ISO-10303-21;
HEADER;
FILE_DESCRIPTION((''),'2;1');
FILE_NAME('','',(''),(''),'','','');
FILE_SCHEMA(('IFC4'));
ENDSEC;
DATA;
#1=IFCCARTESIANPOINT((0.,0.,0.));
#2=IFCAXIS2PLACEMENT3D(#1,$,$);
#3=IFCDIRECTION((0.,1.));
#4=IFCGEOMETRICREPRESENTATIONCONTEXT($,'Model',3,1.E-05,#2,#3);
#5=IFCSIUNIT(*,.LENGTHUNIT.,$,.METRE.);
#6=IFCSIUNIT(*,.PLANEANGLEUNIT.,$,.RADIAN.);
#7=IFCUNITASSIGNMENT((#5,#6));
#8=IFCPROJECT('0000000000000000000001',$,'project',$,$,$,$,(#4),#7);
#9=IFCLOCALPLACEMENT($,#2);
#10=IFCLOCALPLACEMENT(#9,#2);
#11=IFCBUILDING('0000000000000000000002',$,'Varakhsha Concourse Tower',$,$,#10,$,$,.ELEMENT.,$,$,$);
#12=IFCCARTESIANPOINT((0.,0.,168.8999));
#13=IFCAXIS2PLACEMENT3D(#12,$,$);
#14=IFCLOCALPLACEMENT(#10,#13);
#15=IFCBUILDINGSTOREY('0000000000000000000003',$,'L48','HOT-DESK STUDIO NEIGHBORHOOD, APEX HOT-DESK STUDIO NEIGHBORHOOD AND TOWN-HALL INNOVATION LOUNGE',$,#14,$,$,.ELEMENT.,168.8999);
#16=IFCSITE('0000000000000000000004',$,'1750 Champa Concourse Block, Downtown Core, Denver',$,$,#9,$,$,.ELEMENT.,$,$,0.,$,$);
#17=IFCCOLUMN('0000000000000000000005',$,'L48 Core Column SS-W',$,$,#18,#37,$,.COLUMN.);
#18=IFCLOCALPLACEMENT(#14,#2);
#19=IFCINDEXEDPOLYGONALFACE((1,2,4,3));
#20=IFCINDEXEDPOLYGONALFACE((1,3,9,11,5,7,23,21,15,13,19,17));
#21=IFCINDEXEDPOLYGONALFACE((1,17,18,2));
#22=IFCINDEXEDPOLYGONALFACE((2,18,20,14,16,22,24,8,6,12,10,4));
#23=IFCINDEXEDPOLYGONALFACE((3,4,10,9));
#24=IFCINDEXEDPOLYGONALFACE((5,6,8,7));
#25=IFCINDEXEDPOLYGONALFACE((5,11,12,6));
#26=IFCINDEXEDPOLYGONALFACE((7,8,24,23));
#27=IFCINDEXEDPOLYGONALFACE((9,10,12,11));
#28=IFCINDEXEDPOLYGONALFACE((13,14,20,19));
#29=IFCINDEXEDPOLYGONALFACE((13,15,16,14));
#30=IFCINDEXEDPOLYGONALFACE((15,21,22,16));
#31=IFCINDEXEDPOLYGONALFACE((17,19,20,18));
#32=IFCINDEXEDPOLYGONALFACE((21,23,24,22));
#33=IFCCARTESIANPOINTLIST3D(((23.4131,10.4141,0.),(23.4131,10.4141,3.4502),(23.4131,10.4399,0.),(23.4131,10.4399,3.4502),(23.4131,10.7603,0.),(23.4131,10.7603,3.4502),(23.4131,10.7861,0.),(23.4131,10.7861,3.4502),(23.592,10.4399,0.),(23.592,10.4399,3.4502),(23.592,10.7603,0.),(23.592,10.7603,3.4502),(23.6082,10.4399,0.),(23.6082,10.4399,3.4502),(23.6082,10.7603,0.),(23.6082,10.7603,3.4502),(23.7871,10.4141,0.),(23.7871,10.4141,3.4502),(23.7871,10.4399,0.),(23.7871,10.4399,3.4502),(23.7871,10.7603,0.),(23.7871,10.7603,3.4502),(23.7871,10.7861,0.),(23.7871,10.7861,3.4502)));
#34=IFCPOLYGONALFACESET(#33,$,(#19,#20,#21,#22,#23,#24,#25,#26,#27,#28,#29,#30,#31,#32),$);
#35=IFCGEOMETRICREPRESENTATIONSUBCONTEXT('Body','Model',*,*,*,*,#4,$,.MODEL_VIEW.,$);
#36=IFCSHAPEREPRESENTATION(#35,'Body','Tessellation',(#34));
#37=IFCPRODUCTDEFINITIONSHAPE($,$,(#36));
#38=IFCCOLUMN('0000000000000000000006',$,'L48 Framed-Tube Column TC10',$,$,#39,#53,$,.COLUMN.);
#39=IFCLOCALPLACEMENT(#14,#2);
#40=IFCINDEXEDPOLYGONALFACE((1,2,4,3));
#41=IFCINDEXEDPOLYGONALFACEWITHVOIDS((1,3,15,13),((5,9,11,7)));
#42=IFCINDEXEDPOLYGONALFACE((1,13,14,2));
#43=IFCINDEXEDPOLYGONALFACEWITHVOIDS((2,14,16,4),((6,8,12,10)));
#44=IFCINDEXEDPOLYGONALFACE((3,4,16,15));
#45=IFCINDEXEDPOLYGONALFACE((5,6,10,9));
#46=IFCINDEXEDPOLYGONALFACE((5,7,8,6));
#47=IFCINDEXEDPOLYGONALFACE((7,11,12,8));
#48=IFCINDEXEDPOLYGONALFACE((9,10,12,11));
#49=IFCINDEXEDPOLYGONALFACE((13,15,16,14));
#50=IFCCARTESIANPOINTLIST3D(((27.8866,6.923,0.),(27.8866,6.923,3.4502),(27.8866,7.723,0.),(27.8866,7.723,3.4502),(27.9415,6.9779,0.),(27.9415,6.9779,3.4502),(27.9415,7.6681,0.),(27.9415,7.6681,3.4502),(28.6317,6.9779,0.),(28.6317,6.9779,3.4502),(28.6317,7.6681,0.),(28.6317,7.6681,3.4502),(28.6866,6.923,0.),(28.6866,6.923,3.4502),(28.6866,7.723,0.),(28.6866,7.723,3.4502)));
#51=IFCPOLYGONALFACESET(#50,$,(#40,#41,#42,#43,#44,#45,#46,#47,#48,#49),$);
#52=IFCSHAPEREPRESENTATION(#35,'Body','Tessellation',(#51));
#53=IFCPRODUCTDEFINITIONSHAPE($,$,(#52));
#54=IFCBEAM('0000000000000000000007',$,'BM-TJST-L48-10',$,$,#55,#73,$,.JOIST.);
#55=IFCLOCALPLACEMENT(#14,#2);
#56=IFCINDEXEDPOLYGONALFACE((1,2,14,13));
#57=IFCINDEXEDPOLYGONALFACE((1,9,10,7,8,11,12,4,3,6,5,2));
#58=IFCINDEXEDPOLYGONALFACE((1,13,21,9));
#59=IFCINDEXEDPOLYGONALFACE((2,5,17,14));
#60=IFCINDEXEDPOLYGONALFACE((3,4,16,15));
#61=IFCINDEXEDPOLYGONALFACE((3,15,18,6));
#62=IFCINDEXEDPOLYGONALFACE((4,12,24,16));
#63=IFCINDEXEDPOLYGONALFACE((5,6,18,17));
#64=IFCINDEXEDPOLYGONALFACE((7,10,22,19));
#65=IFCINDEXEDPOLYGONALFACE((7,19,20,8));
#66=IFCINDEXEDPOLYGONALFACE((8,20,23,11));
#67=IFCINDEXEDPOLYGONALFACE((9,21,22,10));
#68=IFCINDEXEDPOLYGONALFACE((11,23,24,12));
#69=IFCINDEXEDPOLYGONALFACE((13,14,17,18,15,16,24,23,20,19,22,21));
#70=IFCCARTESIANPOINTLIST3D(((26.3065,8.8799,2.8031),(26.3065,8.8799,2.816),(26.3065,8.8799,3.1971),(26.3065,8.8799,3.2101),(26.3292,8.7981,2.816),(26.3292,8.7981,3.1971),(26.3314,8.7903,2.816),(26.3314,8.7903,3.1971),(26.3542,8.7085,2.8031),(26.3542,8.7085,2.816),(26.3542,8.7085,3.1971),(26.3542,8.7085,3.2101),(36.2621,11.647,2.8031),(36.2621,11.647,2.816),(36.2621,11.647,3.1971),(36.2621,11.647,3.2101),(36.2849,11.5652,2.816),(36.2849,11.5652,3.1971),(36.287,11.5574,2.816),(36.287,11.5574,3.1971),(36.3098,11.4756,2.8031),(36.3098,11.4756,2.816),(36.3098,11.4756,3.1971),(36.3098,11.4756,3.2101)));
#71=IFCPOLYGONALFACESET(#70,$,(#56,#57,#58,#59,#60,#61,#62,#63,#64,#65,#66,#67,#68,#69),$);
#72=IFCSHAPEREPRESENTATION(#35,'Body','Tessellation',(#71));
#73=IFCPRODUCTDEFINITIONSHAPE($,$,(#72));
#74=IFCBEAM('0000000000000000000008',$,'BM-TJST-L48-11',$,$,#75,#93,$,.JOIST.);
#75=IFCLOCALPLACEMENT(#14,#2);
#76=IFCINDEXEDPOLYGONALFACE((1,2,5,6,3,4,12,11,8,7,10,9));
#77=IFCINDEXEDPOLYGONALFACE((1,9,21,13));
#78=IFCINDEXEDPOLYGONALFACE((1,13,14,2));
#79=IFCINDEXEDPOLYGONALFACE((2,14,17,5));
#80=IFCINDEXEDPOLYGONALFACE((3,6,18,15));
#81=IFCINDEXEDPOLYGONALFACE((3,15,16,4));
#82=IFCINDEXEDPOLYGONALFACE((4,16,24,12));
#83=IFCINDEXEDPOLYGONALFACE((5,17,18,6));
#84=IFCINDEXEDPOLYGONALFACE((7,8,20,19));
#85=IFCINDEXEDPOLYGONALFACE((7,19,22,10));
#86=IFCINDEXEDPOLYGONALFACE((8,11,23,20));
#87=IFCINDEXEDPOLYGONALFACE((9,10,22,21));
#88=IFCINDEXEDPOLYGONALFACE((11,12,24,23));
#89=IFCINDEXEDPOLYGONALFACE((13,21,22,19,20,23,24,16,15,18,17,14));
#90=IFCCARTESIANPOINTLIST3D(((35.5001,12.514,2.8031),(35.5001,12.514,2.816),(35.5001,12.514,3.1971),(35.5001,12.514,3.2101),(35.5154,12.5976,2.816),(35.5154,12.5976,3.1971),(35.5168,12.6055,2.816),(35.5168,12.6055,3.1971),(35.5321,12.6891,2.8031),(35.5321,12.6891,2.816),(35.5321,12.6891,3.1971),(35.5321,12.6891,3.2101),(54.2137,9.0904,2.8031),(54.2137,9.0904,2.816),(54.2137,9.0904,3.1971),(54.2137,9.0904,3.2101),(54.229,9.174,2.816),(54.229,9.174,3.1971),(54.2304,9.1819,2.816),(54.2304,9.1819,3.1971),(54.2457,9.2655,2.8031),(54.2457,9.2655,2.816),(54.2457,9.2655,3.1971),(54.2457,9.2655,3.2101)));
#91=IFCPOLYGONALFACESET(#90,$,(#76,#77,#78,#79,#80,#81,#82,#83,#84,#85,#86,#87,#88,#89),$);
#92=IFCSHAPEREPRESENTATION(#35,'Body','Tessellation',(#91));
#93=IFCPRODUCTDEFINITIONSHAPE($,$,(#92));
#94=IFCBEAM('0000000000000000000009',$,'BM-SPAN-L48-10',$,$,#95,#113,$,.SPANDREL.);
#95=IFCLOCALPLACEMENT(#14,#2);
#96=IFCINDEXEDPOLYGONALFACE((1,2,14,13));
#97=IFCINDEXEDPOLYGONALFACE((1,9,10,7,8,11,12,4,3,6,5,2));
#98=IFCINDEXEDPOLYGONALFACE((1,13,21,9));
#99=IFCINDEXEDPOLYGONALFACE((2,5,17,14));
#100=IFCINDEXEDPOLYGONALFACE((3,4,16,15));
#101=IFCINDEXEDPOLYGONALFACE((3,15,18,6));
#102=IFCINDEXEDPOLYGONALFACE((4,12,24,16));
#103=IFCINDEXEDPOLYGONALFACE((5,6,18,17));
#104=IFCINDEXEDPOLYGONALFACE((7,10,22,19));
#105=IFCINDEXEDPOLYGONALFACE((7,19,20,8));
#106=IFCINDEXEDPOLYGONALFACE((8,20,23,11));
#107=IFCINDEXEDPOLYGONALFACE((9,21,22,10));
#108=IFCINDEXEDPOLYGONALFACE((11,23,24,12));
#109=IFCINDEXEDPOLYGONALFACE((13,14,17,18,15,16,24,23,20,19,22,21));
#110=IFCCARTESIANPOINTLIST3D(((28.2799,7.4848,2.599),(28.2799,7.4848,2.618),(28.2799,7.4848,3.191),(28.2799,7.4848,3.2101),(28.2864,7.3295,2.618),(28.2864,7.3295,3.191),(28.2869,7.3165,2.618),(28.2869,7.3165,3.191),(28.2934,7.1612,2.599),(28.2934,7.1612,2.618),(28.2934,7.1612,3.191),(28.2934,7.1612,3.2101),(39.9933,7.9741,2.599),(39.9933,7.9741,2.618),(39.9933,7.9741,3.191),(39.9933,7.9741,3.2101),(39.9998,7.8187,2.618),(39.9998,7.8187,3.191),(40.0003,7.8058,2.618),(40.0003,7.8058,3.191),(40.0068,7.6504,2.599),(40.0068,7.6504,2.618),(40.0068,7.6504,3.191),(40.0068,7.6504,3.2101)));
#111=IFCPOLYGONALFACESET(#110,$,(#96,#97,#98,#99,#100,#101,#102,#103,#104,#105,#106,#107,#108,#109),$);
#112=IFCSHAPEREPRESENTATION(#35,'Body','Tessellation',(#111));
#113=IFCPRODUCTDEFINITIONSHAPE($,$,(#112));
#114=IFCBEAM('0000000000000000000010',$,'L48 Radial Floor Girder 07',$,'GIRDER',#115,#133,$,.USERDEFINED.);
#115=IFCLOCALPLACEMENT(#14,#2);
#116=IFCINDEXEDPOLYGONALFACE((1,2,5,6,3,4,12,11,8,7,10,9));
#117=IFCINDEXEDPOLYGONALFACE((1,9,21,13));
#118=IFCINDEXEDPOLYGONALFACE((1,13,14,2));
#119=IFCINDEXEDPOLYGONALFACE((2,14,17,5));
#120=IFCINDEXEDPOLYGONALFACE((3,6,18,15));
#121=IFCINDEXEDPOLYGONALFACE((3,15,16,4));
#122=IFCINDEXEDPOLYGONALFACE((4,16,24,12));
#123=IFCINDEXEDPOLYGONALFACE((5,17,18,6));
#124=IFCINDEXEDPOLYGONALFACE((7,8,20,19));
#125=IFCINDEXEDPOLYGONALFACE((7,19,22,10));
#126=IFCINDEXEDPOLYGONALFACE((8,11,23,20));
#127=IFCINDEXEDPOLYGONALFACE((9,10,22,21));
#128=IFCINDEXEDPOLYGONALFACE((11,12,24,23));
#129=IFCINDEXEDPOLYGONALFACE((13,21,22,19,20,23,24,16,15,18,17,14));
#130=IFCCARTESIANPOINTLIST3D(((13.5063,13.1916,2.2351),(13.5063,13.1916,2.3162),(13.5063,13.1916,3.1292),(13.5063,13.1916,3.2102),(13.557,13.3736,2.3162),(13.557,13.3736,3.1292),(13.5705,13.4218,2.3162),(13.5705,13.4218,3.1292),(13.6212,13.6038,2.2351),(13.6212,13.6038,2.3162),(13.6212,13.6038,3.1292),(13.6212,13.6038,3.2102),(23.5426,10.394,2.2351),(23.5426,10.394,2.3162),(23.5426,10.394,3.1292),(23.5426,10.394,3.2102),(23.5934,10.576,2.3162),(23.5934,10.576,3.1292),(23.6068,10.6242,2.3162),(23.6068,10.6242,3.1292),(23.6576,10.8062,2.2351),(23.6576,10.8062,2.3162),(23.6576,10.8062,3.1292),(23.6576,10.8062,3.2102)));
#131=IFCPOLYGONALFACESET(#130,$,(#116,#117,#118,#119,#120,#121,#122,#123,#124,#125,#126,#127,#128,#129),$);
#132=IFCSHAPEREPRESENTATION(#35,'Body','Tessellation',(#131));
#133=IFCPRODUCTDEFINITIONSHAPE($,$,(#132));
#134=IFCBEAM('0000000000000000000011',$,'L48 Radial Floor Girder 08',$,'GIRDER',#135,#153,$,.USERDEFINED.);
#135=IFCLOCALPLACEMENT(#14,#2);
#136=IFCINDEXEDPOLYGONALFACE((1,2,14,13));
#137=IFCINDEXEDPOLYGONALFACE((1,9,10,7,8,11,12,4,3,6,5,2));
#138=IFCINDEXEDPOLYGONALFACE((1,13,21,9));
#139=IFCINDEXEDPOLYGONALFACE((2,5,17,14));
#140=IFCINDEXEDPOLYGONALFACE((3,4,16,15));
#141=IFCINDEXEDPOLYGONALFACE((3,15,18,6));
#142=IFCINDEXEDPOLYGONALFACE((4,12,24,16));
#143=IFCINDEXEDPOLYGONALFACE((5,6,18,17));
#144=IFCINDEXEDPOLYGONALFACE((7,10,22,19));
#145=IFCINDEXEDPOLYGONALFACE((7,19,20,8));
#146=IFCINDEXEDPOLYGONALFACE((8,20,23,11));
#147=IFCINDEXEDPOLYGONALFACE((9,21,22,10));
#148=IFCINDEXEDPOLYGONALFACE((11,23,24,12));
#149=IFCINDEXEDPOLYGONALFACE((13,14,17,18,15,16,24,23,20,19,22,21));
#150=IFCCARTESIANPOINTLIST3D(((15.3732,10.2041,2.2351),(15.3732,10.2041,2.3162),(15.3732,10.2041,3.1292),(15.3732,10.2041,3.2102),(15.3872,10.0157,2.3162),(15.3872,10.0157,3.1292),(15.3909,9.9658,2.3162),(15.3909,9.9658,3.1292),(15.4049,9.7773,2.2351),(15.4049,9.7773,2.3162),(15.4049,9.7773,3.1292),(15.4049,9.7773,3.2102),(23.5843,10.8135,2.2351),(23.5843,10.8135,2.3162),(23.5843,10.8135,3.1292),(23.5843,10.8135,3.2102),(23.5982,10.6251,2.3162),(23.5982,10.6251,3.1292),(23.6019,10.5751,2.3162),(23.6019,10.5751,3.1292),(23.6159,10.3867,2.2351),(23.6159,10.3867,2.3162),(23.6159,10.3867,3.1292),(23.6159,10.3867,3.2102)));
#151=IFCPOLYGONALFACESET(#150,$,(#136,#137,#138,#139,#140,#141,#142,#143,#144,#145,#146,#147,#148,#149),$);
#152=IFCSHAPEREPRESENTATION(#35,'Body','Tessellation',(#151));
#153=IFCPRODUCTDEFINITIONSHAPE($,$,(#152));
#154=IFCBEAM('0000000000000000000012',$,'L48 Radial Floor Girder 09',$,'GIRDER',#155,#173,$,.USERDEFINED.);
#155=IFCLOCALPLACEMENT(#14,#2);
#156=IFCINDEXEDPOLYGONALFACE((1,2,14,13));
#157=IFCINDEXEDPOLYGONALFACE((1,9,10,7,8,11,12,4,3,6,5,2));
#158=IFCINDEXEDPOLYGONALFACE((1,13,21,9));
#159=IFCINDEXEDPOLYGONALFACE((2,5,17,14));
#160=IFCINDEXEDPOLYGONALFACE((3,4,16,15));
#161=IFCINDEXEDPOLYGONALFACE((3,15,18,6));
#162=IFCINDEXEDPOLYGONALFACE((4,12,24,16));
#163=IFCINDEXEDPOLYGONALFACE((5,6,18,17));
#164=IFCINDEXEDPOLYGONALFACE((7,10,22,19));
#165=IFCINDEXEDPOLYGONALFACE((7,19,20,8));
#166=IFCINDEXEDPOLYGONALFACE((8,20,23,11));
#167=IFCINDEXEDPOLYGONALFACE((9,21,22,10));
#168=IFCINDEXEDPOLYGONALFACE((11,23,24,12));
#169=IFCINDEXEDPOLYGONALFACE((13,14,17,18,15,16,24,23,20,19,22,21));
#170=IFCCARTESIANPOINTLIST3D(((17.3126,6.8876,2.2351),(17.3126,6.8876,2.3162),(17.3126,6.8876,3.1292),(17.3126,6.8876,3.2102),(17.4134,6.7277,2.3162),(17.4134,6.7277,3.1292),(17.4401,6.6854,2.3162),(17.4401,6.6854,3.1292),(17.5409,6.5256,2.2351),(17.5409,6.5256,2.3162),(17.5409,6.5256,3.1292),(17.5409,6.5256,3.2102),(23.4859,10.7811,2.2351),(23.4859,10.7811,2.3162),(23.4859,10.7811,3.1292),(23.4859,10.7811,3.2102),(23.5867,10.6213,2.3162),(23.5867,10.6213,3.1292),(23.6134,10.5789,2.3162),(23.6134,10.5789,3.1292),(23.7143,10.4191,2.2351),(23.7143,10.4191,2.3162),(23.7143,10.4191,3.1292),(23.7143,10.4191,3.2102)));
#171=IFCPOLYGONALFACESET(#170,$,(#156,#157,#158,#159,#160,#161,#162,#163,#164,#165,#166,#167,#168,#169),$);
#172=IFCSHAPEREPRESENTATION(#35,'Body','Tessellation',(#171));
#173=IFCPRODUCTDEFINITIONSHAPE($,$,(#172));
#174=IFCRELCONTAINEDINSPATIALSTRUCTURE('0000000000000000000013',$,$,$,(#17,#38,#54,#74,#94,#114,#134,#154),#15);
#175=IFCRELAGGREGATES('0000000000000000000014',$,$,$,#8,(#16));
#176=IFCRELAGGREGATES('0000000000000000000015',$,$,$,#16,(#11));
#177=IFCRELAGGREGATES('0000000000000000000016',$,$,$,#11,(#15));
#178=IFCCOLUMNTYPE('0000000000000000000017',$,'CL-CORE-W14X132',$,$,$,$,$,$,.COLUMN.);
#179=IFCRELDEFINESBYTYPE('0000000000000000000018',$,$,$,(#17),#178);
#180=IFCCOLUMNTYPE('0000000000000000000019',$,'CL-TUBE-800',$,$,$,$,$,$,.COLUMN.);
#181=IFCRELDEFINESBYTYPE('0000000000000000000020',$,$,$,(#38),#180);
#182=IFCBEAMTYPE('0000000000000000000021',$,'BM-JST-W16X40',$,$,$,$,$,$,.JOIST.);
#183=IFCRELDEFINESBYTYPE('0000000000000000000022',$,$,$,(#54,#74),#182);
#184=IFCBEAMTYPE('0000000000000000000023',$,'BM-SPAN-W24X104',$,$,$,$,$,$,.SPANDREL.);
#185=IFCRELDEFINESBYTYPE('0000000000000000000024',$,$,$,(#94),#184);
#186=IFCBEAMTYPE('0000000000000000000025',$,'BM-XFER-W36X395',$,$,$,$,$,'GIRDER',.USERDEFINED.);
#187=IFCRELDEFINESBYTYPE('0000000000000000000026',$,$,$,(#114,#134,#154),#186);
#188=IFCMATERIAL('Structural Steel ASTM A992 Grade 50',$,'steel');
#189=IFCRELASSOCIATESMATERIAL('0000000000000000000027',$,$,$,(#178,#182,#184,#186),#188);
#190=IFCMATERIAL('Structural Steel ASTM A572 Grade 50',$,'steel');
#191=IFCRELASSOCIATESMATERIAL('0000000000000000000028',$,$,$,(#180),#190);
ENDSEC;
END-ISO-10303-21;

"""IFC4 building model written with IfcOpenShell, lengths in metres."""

from ifc_helpers import new_model, si_unit, direction, frame, origin, origin_2d, place, context, subcontext, project, spatial, hollow_rectangle, i_section, extrude, material, material_profile, profile_set, type_object, element, save


model = new_model("IFC4")

# Units and contexts
model_context = context("Model", 3, precision=1e-05, world=origin(), true_north=direction((0.0, 1.0)))
body_context = subcontext(model_context, "Body", "Model", "MODEL_VIEW")
ifc_project = project(units=[si_unit("LENGTHUNIT", "METRE"), si_unit("PLANEANGLEUNIT", "RADIAN")], contexts=[model_context])

# Site, building, storey
site_placement = place(None, origin())
site = spatial("IfcSite", under=ifc_project, at=site_placement, Name="1750 Champa Concourse Block, Downtown Core, Denver", CompositionType="ELEMENT", RefElevation=0.0)
building_placement = place(site_placement, origin())
building = spatial("IfcBuilding", under=site, at=building_placement, Name="Varakhsha Concourse Tower", CompositionType="ELEMENT")
storey_placement = place(building_placement, frame((0.0, 0.0, 168.8999)))
storey = spatial("IfcBuildingStorey", under=building, at=storey_placement, Name="L48", Description="HOT-DESK STUDIO NEIGHBORHOOD, APEX HOT-DESK STUDIO NEIGHBORHOOD AND TOWN-HALL INNOVATION LOUNGE", CompositionType="ELEMENT", Elevation=168.8999)

# Columns
ifc_material_1 = material(Name="Structural Steel ASTM A992 Grade 50", Category="steel")
ifc_material_profile_1 = material_profile(ifc_material_1, i_section(OverallWidth=0.374, OverallDepth=0.3721, WebThickness=0.0161, FlangeThickness=0.0259, at=origin_2d()), Name="W14X132")
ifc_profile_set_1 = profile_set([ifc_material_profile_1], Name="Structural Steel ASTM A992 Grade 50")
column_type_1 = type_object("IfcColumnType", Name="CL-CORE-W14X132", PredefinedType="COLUMN", material=ifc_profile_set_1)
column_1_placement = place(storey_placement, frame((23.6001, 10.6001, 0.0), z_axis=(0.0, 0.0, 1.0), x_axis=(1.0, 0.0, 0.0)))
element("IfcColumn", 1, at=column_1_placement, inside=storey, type_object=column_type_1, Name="L48 Core Column SS-W", PredefinedType="COLUMN", context=body_context, shape_type="SweptSolid", body=[
    extrude(i_section(OverallWidth=0.374, OverallDepth=0.3721, WebThickness=0.0161, FlangeThickness=0.0259, at=origin_2d()), origin(), (0.0, 0.0, 1.0), 3.4502),
])
ifc_material_2 = material(Name="Structural Steel ASTM A572 Grade 50", Category="steel")
ifc_material_profile_2 = material_profile(ifc_material_2, hollow_rectangle(XDim=0.8, YDim=0.8, WallThickness=0.0549, at=origin_2d()), Name="BOX 800x800x55")
ifc_profile_set_2 = profile_set([ifc_material_profile_2], Name="Structural Steel ASTM A572 Grade 50")
column_type_2 = type_object("IfcColumnType", Name="CL-TUBE-800", PredefinedType="COLUMN", material=ifc_profile_set_2)
column_2_placement = place(storey_placement, frame((28.2866, 7.323, 0.0), z_axis=(0.0, 0.0, 1.0), x_axis=(1.0, 0.0, 0.0)))
element("IfcColumn", 2, at=column_2_placement, inside=storey, type_object=column_type_2, Name="L48 Framed-Tube Column TC10", PredefinedType="COLUMN", context=body_context, shape_type="SweptSolid", body=[
    extrude(hollow_rectangle(XDim=0.8, YDim=0.8, WallThickness=0.0549, at=origin_2d()), origin(), (0.0, 0.0, 1.0), 3.4502),
])

# Beams
ifc_material_profile_3 = material_profile(ifc_material_1, i_section(OverallWidth=0.178, OverallDepth=0.407, WebThickness=0.0081, FlangeThickness=0.0129, at=origin_2d()), Name="W16X40")
ifc_profile_set_3 = profile_set([ifc_material_profile_3], Name="Structural Steel ASTM A992 Grade 50")
beam_type_1 = type_object("IfcBeamType", Name="BM-JST-W16X40", PredefinedType="JOIST", material=ifc_profile_set_3)
beam_1_placement = place(storey_placement, frame((26.3303, 8.7942, 3.0066), z_axis=(0.963477, 0.267793, 0.0), x_axis=(-0.267793, 0.963477, 0.0)))
element("IfcBeam", 3, at=beam_1_placement, inside=storey, type_object=beam_type_1, Name="BM-TJST-L48-10", PredefinedType="JOIST", context=body_context, shape_type="SweptSolid", body=[
    extrude(i_section(OverallWidth=0.178, OverallDepth=0.407, WebThickness=0.0081, FlangeThickness=0.0129, at=origin_2d()), origin(), (0.0, 0.0, 1.0), 10.333),
])
beam_2_placement = place(storey_placement, frame((35.5161, 12.6016, 3.0066), z_axis=(0.983674, -0.179959, 0.0), x_axis=(0.179959, 0.983674, 0.0)))
element("IfcBeam", 4, at=beam_2_placement, inside=storey, type_object=beam_type_1, Name="BM-TJST-L48-11", PredefinedType="JOIST", context=body_context, shape_type="SweptSolid", body=[
    extrude(i_section(OverallWidth=0.178, OverallDepth=0.407, WebThickness=0.0081, FlangeThickness=0.0129, at=origin_2d()), origin(), (0.0, 0.0, 1.0), 19.0242),
])
ifc_material_profile_4 = material_profile(ifc_material_1, i_section(OverallWidth=0.324, OverallDepth=0.6111, WebThickness=0.0129, FlangeThickness=0.019, at=origin_2d()), Name="W24X104")
ifc_profile_set_4 = profile_set([ifc_material_profile_4], Name="Structural Steel ASTM A992 Grade 50")
beam_type_2 = type_object("IfcBeamType", Name="BM-SPAN-W24X104", PredefinedType="SPANDREL", material=ifc_profile_set_4)
beam_3_placement = place(storey_placement, frame((28.2866, 7.323, 2.9045), z_axis=(0.999129, 0.041733, 0.0), x_axis=(-0.041733, 0.999129, 0.0)))
element("IfcBeam", 5, at=beam_3_placement, inside=storey, type_object=beam_type_2, Name="BM-SPAN-L48-10", PredefinedType="SPANDREL", context=body_context, shape_type="SweptSolid", body=[
    extrude(i_section(OverallWidth=0.324, OverallDepth=0.6111, WebThickness=0.0129, FlangeThickness=0.019, at=origin_2d()), origin(), (0.0, 0.0, 1.0), 11.7236),
])
ifc_material_profile_5 = material_profile(ifc_material_1, i_section(OverallWidth=0.428, OverallDepth=0.9751, WebThickness=0.05, FlangeThickness=0.0811, at=origin_2d()), Name="W36X395")
ifc_profile_set_5 = profile_set([ifc_material_profile_5], Name="Structural Steel ASTM A992 Grade 50")
beam_type_3 = type_object("IfcBeamType", Name="BM-XFER-W36X395", ElementType="GIRDER", PredefinedType="USERDEFINED", material=ifc_profile_set_5)
beam_4_placement = place(storey_placement, frame((23.6001, 10.6001, 2.7227), z_axis=(-0.963277, 0.26851, 0.0), x_axis=(-0.26851, -0.963277, 0.0)))
element("IfcBeam", 6, at=beam_4_placement, inside=storey, type_object=beam_type_3, Name="L48 Radial Floor Girder 07", ObjectType="GIRDER", PredefinedType="USERDEFINED", context=body_context, shape_type="SweptSolid", body=[
    extrude(i_section(OverallWidth=0.428, OverallDepth=0.9751, WebThickness=0.05, FlangeThickness=0.0811, at=origin_2d()), origin(), (0.0, 0.0, 1.0), 10.4189),
])
beam_5_placement = place(storey_placement, frame((23.6001, 10.6001, 2.7227), z_axis=(-0.997258, -0.074009, 0.0), x_axis=(0.074009, -0.997258, 0.0)))
element("IfcBeam", 7, at=beam_5_placement, inside=storey, type_object=beam_type_3, Name="L48 Radial Floor Girder 08", ObjectType="GIRDER", PredefinedType="USERDEFINED", context=body_context, shape_type="SweptSolid", body=[
    extrude(i_section(OverallWidth=0.428, OverallDepth=0.9751, WebThickness=0.05, FlangeThickness=0.0811, at=origin_2d()), origin(), (0.0, 0.0, 1.0), 8.2336),
])
beam_6_placement = place(storey_placement, frame((23.6001, 10.6001, 2.7227), z_axis=(-0.845823, -0.533464, 0.0), x_axis=(0.533464, -0.845823, 0.0)))
element("IfcBeam", 8, at=beam_6_placement, inside=storey, type_object=beam_type_3, Name="L48 Radial Floor Girder 09", ObjectType="GIRDER", PredefinedType="USERDEFINED", context=body_context, shape_type="SweptSolid", body=[
    extrude(i_section(OverallWidth=0.428, OverallDepth=0.9751, WebThickness=0.05, FlangeThickness=0.0811, at=origin_2d()), origin(), (0.0, 0.0, 1.0), 7.2986),
])

save(model, "model.ifc")
